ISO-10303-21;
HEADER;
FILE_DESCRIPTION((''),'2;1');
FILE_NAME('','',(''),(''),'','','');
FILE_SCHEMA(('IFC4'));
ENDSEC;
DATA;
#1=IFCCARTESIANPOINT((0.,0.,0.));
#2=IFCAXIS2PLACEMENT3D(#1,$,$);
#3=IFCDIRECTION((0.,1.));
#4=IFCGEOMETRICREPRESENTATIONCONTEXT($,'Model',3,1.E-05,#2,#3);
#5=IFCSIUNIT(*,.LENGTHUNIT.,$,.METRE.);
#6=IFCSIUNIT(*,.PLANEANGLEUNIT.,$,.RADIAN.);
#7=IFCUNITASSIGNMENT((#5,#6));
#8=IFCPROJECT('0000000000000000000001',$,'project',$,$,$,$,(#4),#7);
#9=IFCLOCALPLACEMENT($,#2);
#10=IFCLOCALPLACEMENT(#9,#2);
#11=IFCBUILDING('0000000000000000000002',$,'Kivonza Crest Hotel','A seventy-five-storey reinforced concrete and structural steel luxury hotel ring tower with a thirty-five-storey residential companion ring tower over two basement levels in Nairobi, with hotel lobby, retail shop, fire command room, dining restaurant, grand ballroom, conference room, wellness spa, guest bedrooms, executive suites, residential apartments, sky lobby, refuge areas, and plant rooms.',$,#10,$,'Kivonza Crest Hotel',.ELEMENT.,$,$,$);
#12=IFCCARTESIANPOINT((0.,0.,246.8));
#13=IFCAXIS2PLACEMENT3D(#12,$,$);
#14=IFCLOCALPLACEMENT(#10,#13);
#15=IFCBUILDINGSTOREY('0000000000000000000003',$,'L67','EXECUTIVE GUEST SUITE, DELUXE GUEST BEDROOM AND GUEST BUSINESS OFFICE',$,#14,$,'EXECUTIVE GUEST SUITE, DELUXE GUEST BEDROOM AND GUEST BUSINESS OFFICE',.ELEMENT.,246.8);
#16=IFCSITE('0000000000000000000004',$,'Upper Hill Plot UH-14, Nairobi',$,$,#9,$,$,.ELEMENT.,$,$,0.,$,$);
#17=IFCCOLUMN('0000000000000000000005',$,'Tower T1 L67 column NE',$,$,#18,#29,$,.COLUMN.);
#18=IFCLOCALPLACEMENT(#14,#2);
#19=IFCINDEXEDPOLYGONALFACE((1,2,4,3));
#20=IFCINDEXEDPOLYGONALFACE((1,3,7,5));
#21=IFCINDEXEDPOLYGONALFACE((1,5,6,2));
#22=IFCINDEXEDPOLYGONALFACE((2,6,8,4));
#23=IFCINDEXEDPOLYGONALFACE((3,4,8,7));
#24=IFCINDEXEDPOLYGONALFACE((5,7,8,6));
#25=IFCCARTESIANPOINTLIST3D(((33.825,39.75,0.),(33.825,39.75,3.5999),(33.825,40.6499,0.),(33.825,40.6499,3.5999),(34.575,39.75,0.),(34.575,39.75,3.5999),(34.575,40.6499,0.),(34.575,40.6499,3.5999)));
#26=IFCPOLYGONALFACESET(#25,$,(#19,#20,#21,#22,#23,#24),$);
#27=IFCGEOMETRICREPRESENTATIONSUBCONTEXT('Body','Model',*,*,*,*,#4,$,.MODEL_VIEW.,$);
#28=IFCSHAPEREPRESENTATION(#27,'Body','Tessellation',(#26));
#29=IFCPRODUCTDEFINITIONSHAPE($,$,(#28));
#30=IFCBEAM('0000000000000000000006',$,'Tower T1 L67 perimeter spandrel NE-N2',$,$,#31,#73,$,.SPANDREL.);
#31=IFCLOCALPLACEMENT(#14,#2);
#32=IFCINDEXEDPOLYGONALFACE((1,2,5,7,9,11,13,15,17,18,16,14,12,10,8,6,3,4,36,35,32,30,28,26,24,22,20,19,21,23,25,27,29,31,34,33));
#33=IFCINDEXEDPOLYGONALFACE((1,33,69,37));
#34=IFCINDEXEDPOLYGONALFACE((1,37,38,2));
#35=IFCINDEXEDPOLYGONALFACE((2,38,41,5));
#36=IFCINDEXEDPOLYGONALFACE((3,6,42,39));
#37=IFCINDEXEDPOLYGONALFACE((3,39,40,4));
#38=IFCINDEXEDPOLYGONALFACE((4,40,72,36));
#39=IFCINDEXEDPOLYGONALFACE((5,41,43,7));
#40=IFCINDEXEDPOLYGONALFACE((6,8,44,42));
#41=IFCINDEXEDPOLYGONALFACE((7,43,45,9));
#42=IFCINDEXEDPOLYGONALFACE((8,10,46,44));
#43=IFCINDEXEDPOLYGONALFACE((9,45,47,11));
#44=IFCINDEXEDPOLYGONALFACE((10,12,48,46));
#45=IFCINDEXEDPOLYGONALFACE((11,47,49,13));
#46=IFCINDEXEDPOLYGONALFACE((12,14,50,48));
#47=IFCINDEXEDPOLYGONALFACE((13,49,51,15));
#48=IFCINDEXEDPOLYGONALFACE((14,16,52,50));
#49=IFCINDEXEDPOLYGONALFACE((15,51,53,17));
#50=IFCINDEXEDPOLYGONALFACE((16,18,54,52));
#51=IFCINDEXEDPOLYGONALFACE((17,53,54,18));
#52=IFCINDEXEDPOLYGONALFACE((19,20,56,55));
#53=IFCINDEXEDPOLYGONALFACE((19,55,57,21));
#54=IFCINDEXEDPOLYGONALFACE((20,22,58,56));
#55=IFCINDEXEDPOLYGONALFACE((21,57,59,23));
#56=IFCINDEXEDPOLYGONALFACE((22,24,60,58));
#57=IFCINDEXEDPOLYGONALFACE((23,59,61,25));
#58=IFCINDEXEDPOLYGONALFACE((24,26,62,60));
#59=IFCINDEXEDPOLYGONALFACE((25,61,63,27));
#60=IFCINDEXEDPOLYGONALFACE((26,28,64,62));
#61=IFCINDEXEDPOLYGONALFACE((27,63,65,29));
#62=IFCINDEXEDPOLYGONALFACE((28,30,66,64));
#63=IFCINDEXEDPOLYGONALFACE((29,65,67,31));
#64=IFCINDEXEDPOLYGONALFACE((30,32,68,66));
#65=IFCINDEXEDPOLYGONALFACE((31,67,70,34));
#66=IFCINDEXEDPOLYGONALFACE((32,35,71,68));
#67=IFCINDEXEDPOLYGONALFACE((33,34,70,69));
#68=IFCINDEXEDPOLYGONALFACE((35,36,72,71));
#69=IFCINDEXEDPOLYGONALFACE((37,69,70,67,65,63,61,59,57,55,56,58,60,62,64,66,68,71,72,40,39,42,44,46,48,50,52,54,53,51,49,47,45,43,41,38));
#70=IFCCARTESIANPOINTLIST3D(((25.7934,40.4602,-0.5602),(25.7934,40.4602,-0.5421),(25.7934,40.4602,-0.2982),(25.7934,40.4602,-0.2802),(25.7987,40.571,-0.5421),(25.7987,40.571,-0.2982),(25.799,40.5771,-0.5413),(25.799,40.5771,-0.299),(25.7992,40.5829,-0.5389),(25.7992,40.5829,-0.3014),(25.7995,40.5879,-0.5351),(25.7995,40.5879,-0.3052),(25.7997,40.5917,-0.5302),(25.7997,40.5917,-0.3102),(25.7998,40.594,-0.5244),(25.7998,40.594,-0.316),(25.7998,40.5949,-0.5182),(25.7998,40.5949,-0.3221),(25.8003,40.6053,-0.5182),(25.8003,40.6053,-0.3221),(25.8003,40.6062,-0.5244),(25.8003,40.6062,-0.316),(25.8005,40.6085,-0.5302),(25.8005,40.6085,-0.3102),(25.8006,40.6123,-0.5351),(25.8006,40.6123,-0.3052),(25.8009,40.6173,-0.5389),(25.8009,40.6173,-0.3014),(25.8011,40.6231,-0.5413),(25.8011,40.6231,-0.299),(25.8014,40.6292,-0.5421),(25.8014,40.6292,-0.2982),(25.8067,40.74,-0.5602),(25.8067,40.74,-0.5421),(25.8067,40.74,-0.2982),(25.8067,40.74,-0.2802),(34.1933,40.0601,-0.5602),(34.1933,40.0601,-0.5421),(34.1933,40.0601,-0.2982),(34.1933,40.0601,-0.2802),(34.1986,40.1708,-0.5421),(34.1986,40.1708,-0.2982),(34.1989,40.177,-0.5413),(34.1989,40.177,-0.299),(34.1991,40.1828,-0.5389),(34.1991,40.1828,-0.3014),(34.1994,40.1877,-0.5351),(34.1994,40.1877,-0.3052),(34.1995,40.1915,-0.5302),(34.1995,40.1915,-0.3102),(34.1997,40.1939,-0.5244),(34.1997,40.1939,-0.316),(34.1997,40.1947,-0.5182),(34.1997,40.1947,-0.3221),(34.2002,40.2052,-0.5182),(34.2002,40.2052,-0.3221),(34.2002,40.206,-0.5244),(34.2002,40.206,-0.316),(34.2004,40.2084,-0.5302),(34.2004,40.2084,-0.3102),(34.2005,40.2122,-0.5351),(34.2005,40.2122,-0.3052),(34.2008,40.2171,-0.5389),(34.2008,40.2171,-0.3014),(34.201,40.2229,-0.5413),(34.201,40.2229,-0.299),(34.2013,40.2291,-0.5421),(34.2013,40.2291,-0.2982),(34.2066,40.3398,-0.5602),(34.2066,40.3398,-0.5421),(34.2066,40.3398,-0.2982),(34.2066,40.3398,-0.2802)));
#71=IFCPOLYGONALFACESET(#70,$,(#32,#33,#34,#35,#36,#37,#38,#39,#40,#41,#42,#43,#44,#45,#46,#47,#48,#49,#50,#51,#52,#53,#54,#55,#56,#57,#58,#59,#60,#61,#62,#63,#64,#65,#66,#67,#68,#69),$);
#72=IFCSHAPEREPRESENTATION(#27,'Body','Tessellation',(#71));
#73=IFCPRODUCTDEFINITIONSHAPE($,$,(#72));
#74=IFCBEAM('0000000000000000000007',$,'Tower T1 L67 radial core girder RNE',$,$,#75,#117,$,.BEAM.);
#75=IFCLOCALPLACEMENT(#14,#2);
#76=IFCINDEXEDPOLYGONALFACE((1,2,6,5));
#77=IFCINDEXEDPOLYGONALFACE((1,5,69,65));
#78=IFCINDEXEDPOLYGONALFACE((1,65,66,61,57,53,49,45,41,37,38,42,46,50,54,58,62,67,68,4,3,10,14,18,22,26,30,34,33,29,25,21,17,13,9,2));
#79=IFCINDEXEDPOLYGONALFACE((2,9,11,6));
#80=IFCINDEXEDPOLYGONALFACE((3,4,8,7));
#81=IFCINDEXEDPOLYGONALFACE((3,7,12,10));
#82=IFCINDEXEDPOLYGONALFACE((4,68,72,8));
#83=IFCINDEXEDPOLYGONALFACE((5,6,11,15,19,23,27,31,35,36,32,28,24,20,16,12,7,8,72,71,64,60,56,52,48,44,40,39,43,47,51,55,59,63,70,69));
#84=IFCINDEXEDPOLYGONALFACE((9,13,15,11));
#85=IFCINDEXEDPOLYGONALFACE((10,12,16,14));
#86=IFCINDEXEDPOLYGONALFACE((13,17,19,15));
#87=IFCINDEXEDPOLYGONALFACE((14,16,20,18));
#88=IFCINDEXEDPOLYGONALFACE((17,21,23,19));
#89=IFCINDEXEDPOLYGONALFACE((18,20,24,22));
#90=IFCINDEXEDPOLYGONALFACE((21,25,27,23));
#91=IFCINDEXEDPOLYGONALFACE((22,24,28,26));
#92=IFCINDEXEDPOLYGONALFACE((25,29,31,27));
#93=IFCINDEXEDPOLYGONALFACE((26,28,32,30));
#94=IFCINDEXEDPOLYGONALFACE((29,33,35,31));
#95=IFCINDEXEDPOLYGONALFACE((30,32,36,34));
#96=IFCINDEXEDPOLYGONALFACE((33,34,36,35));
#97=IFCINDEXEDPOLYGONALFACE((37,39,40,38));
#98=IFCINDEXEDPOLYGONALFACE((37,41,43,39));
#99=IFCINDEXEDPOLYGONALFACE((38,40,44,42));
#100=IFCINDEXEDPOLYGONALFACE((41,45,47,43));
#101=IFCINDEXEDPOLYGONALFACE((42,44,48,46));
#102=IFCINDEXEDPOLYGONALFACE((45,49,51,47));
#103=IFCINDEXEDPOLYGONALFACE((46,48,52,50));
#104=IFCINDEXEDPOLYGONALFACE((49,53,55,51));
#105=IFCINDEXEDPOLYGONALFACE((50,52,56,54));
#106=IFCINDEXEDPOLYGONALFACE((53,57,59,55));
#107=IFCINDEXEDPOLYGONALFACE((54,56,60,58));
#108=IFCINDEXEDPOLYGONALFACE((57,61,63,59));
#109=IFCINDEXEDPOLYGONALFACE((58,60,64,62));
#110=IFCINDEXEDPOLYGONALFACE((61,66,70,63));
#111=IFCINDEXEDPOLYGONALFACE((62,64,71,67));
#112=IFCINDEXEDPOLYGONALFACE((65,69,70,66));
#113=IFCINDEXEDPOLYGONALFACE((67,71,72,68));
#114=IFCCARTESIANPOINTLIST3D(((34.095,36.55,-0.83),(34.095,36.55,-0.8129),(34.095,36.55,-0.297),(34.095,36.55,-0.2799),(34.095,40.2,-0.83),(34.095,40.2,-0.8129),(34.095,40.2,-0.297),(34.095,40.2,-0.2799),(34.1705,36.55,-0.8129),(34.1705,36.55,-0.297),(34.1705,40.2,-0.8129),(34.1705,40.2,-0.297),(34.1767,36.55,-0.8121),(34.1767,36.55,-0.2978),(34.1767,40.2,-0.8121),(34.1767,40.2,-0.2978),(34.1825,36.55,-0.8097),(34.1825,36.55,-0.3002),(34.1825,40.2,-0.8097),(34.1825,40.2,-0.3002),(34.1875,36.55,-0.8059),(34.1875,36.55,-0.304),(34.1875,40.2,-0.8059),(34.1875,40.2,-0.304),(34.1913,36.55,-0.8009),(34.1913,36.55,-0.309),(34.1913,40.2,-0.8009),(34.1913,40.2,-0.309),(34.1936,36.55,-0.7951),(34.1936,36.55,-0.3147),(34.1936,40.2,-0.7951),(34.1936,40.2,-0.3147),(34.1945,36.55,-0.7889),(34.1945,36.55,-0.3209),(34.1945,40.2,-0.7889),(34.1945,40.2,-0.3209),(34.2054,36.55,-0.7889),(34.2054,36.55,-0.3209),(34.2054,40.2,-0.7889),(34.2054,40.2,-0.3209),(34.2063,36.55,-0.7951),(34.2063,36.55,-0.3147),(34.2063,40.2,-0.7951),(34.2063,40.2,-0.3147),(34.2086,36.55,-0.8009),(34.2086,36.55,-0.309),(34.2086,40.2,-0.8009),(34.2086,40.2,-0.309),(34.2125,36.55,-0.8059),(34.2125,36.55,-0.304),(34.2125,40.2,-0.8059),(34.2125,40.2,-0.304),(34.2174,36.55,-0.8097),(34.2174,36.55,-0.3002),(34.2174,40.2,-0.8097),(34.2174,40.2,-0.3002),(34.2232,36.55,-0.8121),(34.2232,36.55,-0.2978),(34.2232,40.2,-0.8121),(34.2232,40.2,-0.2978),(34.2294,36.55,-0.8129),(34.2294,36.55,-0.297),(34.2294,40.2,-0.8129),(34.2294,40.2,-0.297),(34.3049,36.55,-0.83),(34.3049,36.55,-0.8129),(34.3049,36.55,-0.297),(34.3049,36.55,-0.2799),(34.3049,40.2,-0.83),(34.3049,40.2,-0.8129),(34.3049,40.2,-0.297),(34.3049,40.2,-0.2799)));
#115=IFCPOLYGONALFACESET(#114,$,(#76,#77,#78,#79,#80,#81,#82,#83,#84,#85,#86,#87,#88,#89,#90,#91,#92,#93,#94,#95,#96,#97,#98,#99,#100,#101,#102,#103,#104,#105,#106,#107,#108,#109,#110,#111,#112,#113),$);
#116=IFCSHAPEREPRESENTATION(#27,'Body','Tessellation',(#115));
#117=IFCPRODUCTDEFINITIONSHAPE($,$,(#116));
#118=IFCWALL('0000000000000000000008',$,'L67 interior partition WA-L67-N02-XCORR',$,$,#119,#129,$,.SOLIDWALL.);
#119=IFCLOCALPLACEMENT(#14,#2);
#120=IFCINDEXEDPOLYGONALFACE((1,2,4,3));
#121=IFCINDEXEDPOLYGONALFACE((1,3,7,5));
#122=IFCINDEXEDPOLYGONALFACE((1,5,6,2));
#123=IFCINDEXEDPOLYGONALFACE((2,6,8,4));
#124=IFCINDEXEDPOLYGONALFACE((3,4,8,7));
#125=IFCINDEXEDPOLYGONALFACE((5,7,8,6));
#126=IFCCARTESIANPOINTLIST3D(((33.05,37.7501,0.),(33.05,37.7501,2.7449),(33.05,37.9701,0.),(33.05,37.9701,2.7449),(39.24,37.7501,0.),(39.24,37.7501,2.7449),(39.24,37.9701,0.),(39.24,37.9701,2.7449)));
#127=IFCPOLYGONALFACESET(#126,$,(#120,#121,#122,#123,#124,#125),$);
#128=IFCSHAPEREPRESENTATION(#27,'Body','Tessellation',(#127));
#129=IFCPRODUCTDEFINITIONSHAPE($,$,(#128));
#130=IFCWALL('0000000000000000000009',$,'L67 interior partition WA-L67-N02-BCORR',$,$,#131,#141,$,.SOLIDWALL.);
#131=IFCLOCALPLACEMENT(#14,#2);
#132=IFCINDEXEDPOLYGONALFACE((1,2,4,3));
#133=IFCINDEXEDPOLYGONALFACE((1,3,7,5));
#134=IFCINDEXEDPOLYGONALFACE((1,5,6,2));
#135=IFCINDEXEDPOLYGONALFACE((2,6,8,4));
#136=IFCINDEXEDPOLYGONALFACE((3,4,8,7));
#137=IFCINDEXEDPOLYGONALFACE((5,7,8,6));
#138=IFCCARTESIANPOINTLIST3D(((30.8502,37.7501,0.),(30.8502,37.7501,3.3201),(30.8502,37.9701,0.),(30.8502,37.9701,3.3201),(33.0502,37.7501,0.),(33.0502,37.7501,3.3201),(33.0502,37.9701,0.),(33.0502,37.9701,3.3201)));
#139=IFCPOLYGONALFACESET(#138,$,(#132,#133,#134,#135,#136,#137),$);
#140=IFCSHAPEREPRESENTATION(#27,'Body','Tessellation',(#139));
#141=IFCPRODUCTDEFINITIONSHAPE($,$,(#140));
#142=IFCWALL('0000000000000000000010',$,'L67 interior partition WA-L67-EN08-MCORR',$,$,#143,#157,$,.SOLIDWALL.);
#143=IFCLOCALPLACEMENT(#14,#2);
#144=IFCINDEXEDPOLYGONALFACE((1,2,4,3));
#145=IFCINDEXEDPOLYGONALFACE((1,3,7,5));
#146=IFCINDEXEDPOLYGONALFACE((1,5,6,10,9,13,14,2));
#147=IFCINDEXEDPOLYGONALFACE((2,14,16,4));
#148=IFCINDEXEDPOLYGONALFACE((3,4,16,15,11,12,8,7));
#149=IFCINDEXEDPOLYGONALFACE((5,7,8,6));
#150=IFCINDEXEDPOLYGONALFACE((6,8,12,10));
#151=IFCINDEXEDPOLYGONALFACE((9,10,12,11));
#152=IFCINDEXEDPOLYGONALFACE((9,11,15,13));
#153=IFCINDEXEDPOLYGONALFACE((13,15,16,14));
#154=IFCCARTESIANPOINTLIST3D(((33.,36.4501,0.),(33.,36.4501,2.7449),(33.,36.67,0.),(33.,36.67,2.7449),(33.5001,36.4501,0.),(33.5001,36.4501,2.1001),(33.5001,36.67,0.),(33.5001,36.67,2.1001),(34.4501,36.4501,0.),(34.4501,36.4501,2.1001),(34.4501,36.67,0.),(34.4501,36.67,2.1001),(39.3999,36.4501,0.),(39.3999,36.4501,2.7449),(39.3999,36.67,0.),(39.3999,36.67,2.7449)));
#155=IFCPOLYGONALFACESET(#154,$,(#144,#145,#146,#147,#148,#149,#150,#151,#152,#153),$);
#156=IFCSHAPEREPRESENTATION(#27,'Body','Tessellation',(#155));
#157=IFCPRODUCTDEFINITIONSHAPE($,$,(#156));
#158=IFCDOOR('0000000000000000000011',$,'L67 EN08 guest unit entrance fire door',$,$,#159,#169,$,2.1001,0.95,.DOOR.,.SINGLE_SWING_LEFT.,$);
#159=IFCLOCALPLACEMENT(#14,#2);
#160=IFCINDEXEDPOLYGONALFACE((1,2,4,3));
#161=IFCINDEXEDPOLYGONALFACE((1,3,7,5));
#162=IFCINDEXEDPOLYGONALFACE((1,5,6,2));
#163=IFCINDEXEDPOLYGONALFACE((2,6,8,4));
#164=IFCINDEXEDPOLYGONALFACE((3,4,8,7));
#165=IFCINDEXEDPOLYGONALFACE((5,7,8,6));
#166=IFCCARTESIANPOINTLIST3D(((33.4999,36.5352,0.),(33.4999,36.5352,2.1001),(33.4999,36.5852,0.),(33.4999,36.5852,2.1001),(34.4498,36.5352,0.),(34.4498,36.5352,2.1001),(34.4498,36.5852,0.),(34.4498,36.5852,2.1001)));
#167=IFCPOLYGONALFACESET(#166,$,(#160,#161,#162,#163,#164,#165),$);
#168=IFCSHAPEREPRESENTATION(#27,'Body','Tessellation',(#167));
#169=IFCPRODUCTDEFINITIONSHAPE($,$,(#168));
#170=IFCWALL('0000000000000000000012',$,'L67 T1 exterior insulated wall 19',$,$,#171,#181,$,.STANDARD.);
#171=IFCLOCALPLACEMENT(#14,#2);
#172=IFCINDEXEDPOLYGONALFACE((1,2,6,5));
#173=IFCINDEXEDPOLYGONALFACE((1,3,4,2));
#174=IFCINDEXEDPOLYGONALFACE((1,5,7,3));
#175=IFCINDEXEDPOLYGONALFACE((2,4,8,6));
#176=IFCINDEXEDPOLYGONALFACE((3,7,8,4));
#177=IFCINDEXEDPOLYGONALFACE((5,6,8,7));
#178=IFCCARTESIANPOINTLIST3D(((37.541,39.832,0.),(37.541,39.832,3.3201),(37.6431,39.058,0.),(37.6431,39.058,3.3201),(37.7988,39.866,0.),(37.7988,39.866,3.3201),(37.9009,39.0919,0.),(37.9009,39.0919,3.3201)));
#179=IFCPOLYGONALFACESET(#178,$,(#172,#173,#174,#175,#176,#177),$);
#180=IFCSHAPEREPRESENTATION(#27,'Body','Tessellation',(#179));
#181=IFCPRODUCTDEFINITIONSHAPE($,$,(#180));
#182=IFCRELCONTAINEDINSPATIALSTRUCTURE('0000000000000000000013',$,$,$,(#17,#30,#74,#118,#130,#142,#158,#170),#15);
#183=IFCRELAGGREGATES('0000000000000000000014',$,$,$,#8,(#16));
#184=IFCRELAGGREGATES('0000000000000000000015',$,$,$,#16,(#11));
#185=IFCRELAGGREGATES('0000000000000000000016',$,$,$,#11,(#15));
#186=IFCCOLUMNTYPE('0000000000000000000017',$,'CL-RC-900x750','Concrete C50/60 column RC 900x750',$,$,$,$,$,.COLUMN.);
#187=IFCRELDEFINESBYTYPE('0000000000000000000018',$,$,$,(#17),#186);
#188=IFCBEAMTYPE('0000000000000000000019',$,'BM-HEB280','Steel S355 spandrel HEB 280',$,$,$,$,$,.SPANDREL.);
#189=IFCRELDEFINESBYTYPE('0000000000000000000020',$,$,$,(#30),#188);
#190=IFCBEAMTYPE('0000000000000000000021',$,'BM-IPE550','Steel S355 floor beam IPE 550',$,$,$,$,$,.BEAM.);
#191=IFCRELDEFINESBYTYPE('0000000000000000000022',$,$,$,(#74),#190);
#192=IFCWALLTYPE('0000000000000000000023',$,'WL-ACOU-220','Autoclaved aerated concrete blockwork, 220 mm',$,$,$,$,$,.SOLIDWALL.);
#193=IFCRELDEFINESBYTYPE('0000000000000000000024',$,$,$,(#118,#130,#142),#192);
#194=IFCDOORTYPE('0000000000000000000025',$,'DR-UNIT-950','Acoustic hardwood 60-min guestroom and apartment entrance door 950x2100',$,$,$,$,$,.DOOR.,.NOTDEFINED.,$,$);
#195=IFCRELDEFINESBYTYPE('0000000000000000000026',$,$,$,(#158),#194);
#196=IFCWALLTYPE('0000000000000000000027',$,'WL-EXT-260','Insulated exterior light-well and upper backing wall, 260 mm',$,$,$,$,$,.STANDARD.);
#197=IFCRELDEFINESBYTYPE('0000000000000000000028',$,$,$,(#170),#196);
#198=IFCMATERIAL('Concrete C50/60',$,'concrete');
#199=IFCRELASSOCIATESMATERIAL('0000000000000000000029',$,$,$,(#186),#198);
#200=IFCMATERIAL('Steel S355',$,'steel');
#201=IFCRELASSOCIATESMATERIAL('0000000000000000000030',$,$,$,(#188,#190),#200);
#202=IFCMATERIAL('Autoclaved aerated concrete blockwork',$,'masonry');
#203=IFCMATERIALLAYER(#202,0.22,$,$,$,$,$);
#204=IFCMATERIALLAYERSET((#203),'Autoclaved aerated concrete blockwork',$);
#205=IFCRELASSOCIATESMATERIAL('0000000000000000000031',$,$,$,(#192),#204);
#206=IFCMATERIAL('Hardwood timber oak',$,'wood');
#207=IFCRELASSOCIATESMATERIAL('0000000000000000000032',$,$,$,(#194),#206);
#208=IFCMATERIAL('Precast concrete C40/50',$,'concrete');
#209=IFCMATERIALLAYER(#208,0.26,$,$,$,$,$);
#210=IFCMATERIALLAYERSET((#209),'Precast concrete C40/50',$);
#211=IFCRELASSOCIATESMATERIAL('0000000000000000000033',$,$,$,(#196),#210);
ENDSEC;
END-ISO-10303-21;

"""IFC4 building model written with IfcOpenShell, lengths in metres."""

from ifc_helpers import new_model, si_unit, direction, frame, frame_2d, origin, origin_2d, place, context, subcontext, project, spatial, rectangle, i_section, extrude, material, layer, layer_set, material_profile, profile_set, type_object, element, fill, save


model = new_model("IFC4")

# Units and contexts
model_context = context("Model", 3, precision=1e-05, world=origin(), true_north=direction((0.0, 1.0)))
body_context = subcontext(model_context, "Body", "Model", "MODEL_VIEW")
ifc_project = project(units=[si_unit("LENGTHUNIT", "METRE"), si_unit("PLANEANGLEUNIT", "RADIAN")], contexts=[model_context])

# Site, building, storey
site_placement = place(None, origin())
site = spatial("IfcSite", under=ifc_project, at=site_placement, Name="Upper Hill Plot UH-14, Nairobi", CompositionType="ELEMENT", RefElevation=0.0)
building_placement = place(site_placement, origin())
building = spatial("IfcBuilding", under=site, at=building_placement, Name="Kivonza Crest Hotel", Description="A seventy-five-storey reinforced concrete and structural steel luxury hotel ring tower with a thirty-five-storey residential companion ring tower over two basement levels in Nairobi, with hotel lobby, retail shop, fire command room, dining restaurant, grand ballroom, conference room, wellness spa, guest bedrooms, executive suites, residential apartments, sky lobby, refuge areas, and plant rooms.", LongName="Kivonza Crest Hotel", CompositionType="ELEMENT")
storey_placement = place(building_placement, frame((0.0, 0.0, 246.8)))
storey = spatial("IfcBuildingStorey", under=building, at=storey_placement, Name="L67", Description="EXECUTIVE GUEST SUITE, DELUXE GUEST BEDROOM AND GUEST BUSINESS OFFICE", LongName="EXECUTIVE GUEST SUITE, DELUXE GUEST BEDROOM AND GUEST BUSINESS OFFICE", CompositionType="ELEMENT", Elevation=246.8)

# Column
ifc_material_1 = material(Name="Concrete C50/60", Category="concrete")
ifc_material_profile_1 = material_profile(ifc_material_1, rectangle(XDim=0.75, YDim=0.8999, at=origin_2d()), Name="RC 900x750")
ifc_profile_set_1 = profile_set([ifc_material_profile_1], Name="Concrete C50/60")
column_type = type_object("IfcColumnType", Name="CL-RC-900x750", Description="Concrete C50/60 column RC 900x750", PredefinedType="COLUMN", material=ifc_profile_set_1)
column_placement = place(storey_placement, frame((34.2, 40.2, 0.0), z_axis=(0.0, 0.0, 1.0), x_axis=(1.0, 0.0, 0.0)))
element("IfcColumn", 1, at=column_placement, inside=storey, type_object=column_type, Name="Tower T1 L67 column NE", PredefinedType="COLUMN", context=body_context, shape_type="SweptSolid", body=[
    extrude(rectangle(XDim=0.75, YDim=0.8999, at=origin_2d()), origin(), (0.0, 0.0, 1.0), 3.5999),
])

# Beams
ifc_material_2 = material(Name="Steel S355", Category="steel")
ifc_material_profile_2 = material_profile(ifc_material_2, i_section(OverallWidth=0.28, OverallDepth=0.28, WebThickness=0.0105, FlangeThickness=0.0181, FilletRadius=0.0239, at=origin_2d()), Name="HEB 280")
ifc_profile_set_2 = profile_set([ifc_material_profile_2], Name="Steel S355")
beam_type_1 = type_object("IfcBeamType", Name="BM-HEB280", Description="Steel S355 spandrel HEB 280", PredefinedType="SPANDREL", material=ifc_profile_set_2)
beam_1_placement = place(storey_placement, frame((34.2, 40.2, -0.4202), z_axis=(-0.998867, 0.047583, 0.0), x_axis=(-0.047583, -0.998867, 0.0)))
element("IfcBeam", 2, at=beam_1_placement, inside=storey, type_object=beam_type_1, Name="Tower T1 L67 perimeter spandrel NE-N2", PredefinedType="SPANDREL", context=body_context, shape_type="SweptSolid", body=[
    extrude(i_section(OverallWidth=0.28, OverallDepth=0.28, WebThickness=0.0105, FlangeThickness=0.0181, FilletRadius=0.0239, at=origin_2d()), origin(), (0.0, 0.0, 1.0), 8.4094),
])
ifc_material_profile_3 = material_profile(ifc_material_2, i_section(OverallWidth=0.21, OverallDepth=0.55, WebThickness=0.011, FlangeThickness=0.0171, FilletRadius=0.0239, at=origin_2d()), Name="IPE 550")
ifc_profile_set_3 = profile_set([ifc_material_profile_3], Name="Steel S355")
beam_type_2 = type_object("IfcBeamType", Name="BM-IPE550", Description="Steel S355 floor beam IPE 550", PredefinedType="BEAM", material=ifc_profile_set_3)
beam_2_placement = place(storey_placement, frame((34.2, 40.2, -0.5549), z_axis=(0.0, -1.0, 0.0), x_axis=(1.0, 0.0, 0.0)))
element("IfcBeam", 3, at=beam_2_placement, inside=storey, type_object=beam_type_2, Name="Tower T1 L67 radial core girder RNE", PredefinedType="BEAM", context=body_context, shape_type="SweptSolid", body=[
    extrude(i_section(OverallWidth=0.21, OverallDepth=0.55, WebThickness=0.011, FlangeThickness=0.0171, FilletRadius=0.0239, at=origin_2d()), origin(), (0.0, 0.0, 1.0), 3.6499),
])

# Walls
ifc_material_3 = material(Name="Autoclaved aerated concrete blockwork", Category="masonry")
ifc_layer_1 = layer(ifc_material_3, 0.22)
ifc_layer_set_1 = layer_set([ifc_layer_1], Name="Autoclaved aerated concrete blockwork")
wall_type_1 = type_object("IfcWallType", Name="WL-ACOU-220", Description="Autoclaved aerated concrete blockwork, 220 mm", PredefinedType="SOLIDWALL", material=ifc_layer_set_1)
wall_1_placement = place(storey_placement, frame((33.05, 37.8601, 0.0), z_axis=(0.0, 0.0, 1.0), x_axis=(1.0, 0.0, 0.0)))
element("IfcWall", 4, at=wall_1_placement, inside=storey, type_object=wall_type_1, Name="L67 interior partition WA-L67-N02-XCORR", PredefinedType="SOLIDWALL", context=body_context, shape_type="SweptSolid", body=[
    extrude(rectangle(XDim=6.1899, YDim=0.22, at=frame_2d((3.095, 0.0))), origin(), (0.0, 0.0, 1.0), 2.7449),
])
wall_2_placement = place(storey_placement, frame((30.8501, 37.8601, 0.0), z_axis=(0.0, 0.0, 1.0), x_axis=(1.0, 0.0, 0.0)))
element("IfcWall", 5, at=wall_2_placement, inside=storey, type_object=wall_type_1, Name="L67 interior partition WA-L67-N02-BCORR", PredefinedType="SOLIDWALL", context=body_context, shape_type="SweptSolid", body=[
    extrude(rectangle(XDim=2.2, YDim=0.22, at=frame_2d((1.1001, 0.0))), origin(), (0.0, 0.0, 1.0), 3.3201),
])

# Wall, opening, door
wall_3_placement = place(storey_placement, frame((33.0, 36.5601, 0.0), z_axis=(0.0, 0.0, 1.0), x_axis=(1.0, 0.0, 0.0)))
wall_3 = element("IfcWall", 6, at=wall_3_placement, inside=storey, type_object=wall_type_1, Name="L67 interior partition WA-L67-EN08-MCORR", PredefinedType="SOLIDWALL", context=body_context, shape_type="SweptSolid", body=[
    extrude(rectangle(XDim=6.3999, YDim=0.22, at=frame_2d((3.2, 0.0))), origin(), (0.0, 0.0, 1.0), 2.7449),
])
opening_1_placement = place(wall_3_placement, frame((0.5, 0.0, 0.0)))
opening_1 = element("IfcOpeningElement", 7, at=opening_1_placement, cuts=wall_3, PredefinedType="OPENING", context=body_context, shape_type="SweptSolid", body=[
    extrude(rectangle(XDim=0.95, YDim=2.1001, at=frame_2d((0.4751, 1.05))), frame((0.0, 0.1201, 0.0), z_axis=(0.0, -1.0, 0.0), x_axis=(1.0, 0.0, 0.0)), (0.0, 0.0, 1.0), 0.24),
])
ifc_material_4 = material(Name="Hardwood timber oak", Category="wood")
door_type_1 = type_object("IfcDoorType", Name="DR-UNIT-950", Description="Acoustic hardwood 60-min guestroom and apartment entrance door 950x2100", OperationType="NOTDEFINED", PredefinedType="DOOR", material=ifc_material_4)
door_1_placement = place(opening_1_placement, frame((0.95, 0.0, 0.0), z_axis=(0.0, 0.0, 1.0), x_axis=(-1.0, 0.0, 0.0)))
door_1 = element("IfcDoor", 8, at=door_1_placement, inside=storey, type_object=door_type_1, Name="L67 EN08 guest unit entrance fire door", OperationType="SINGLE_SWING_LEFT", OverallHeight=2.1001, OverallWidth=0.95, PredefinedType="DOOR", context=body_context, shape_type="SweptSolid", body=[
    extrude(rectangle(XDim=0.95, YDim=2.1001, at=frame_2d((0.4751, 1.05))), frame((0.0, 0.0249, 0.0), z_axis=(0.0, -1.0, 0.0), x_axis=(1.0, 0.0, 0.0)), (0.0, 0.0, 1.0), 0.05),
])
fill(opening_1, door_1)

# Wall
ifc_material_5 = material(Name="Precast concrete C40/50", Category="concrete")
ifc_layer_2 = layer(ifc_material_5, 0.26)
ifc_layer_set_2 = layer_set([ifc_layer_2], Name="Precast concrete C40/50")
wall_type_2 = type_object("IfcWallType", Name="WL-EXT-260", Description="Insulated exterior light-well and upper backing wall, 260 mm", PredefinedType="STANDARD", material=ifc_layer_set_2)
wall_4_placement = place(storey_placement, frame((37.772, 39.075, 0.0), z_axis=(0.0, 0.0, 1.0), x_axis=(-0.130689, 0.991423, 0.0)))
element("IfcWall", 9, at=wall_4_placement, inside=storey, type_object=wall_type_2, Name="L67 T1 exterior insulated wall 19", PredefinedType="STANDARD", context=body_context, shape_type="SweptSolid", body=[
    extrude(rectangle(XDim=0.7808, YDim=0.26, at=frame_2d((0.3904, 0.0))), origin(), (0.0, 0.0, 1.0), 3.3201),
])

save(model, "model.ifc")
